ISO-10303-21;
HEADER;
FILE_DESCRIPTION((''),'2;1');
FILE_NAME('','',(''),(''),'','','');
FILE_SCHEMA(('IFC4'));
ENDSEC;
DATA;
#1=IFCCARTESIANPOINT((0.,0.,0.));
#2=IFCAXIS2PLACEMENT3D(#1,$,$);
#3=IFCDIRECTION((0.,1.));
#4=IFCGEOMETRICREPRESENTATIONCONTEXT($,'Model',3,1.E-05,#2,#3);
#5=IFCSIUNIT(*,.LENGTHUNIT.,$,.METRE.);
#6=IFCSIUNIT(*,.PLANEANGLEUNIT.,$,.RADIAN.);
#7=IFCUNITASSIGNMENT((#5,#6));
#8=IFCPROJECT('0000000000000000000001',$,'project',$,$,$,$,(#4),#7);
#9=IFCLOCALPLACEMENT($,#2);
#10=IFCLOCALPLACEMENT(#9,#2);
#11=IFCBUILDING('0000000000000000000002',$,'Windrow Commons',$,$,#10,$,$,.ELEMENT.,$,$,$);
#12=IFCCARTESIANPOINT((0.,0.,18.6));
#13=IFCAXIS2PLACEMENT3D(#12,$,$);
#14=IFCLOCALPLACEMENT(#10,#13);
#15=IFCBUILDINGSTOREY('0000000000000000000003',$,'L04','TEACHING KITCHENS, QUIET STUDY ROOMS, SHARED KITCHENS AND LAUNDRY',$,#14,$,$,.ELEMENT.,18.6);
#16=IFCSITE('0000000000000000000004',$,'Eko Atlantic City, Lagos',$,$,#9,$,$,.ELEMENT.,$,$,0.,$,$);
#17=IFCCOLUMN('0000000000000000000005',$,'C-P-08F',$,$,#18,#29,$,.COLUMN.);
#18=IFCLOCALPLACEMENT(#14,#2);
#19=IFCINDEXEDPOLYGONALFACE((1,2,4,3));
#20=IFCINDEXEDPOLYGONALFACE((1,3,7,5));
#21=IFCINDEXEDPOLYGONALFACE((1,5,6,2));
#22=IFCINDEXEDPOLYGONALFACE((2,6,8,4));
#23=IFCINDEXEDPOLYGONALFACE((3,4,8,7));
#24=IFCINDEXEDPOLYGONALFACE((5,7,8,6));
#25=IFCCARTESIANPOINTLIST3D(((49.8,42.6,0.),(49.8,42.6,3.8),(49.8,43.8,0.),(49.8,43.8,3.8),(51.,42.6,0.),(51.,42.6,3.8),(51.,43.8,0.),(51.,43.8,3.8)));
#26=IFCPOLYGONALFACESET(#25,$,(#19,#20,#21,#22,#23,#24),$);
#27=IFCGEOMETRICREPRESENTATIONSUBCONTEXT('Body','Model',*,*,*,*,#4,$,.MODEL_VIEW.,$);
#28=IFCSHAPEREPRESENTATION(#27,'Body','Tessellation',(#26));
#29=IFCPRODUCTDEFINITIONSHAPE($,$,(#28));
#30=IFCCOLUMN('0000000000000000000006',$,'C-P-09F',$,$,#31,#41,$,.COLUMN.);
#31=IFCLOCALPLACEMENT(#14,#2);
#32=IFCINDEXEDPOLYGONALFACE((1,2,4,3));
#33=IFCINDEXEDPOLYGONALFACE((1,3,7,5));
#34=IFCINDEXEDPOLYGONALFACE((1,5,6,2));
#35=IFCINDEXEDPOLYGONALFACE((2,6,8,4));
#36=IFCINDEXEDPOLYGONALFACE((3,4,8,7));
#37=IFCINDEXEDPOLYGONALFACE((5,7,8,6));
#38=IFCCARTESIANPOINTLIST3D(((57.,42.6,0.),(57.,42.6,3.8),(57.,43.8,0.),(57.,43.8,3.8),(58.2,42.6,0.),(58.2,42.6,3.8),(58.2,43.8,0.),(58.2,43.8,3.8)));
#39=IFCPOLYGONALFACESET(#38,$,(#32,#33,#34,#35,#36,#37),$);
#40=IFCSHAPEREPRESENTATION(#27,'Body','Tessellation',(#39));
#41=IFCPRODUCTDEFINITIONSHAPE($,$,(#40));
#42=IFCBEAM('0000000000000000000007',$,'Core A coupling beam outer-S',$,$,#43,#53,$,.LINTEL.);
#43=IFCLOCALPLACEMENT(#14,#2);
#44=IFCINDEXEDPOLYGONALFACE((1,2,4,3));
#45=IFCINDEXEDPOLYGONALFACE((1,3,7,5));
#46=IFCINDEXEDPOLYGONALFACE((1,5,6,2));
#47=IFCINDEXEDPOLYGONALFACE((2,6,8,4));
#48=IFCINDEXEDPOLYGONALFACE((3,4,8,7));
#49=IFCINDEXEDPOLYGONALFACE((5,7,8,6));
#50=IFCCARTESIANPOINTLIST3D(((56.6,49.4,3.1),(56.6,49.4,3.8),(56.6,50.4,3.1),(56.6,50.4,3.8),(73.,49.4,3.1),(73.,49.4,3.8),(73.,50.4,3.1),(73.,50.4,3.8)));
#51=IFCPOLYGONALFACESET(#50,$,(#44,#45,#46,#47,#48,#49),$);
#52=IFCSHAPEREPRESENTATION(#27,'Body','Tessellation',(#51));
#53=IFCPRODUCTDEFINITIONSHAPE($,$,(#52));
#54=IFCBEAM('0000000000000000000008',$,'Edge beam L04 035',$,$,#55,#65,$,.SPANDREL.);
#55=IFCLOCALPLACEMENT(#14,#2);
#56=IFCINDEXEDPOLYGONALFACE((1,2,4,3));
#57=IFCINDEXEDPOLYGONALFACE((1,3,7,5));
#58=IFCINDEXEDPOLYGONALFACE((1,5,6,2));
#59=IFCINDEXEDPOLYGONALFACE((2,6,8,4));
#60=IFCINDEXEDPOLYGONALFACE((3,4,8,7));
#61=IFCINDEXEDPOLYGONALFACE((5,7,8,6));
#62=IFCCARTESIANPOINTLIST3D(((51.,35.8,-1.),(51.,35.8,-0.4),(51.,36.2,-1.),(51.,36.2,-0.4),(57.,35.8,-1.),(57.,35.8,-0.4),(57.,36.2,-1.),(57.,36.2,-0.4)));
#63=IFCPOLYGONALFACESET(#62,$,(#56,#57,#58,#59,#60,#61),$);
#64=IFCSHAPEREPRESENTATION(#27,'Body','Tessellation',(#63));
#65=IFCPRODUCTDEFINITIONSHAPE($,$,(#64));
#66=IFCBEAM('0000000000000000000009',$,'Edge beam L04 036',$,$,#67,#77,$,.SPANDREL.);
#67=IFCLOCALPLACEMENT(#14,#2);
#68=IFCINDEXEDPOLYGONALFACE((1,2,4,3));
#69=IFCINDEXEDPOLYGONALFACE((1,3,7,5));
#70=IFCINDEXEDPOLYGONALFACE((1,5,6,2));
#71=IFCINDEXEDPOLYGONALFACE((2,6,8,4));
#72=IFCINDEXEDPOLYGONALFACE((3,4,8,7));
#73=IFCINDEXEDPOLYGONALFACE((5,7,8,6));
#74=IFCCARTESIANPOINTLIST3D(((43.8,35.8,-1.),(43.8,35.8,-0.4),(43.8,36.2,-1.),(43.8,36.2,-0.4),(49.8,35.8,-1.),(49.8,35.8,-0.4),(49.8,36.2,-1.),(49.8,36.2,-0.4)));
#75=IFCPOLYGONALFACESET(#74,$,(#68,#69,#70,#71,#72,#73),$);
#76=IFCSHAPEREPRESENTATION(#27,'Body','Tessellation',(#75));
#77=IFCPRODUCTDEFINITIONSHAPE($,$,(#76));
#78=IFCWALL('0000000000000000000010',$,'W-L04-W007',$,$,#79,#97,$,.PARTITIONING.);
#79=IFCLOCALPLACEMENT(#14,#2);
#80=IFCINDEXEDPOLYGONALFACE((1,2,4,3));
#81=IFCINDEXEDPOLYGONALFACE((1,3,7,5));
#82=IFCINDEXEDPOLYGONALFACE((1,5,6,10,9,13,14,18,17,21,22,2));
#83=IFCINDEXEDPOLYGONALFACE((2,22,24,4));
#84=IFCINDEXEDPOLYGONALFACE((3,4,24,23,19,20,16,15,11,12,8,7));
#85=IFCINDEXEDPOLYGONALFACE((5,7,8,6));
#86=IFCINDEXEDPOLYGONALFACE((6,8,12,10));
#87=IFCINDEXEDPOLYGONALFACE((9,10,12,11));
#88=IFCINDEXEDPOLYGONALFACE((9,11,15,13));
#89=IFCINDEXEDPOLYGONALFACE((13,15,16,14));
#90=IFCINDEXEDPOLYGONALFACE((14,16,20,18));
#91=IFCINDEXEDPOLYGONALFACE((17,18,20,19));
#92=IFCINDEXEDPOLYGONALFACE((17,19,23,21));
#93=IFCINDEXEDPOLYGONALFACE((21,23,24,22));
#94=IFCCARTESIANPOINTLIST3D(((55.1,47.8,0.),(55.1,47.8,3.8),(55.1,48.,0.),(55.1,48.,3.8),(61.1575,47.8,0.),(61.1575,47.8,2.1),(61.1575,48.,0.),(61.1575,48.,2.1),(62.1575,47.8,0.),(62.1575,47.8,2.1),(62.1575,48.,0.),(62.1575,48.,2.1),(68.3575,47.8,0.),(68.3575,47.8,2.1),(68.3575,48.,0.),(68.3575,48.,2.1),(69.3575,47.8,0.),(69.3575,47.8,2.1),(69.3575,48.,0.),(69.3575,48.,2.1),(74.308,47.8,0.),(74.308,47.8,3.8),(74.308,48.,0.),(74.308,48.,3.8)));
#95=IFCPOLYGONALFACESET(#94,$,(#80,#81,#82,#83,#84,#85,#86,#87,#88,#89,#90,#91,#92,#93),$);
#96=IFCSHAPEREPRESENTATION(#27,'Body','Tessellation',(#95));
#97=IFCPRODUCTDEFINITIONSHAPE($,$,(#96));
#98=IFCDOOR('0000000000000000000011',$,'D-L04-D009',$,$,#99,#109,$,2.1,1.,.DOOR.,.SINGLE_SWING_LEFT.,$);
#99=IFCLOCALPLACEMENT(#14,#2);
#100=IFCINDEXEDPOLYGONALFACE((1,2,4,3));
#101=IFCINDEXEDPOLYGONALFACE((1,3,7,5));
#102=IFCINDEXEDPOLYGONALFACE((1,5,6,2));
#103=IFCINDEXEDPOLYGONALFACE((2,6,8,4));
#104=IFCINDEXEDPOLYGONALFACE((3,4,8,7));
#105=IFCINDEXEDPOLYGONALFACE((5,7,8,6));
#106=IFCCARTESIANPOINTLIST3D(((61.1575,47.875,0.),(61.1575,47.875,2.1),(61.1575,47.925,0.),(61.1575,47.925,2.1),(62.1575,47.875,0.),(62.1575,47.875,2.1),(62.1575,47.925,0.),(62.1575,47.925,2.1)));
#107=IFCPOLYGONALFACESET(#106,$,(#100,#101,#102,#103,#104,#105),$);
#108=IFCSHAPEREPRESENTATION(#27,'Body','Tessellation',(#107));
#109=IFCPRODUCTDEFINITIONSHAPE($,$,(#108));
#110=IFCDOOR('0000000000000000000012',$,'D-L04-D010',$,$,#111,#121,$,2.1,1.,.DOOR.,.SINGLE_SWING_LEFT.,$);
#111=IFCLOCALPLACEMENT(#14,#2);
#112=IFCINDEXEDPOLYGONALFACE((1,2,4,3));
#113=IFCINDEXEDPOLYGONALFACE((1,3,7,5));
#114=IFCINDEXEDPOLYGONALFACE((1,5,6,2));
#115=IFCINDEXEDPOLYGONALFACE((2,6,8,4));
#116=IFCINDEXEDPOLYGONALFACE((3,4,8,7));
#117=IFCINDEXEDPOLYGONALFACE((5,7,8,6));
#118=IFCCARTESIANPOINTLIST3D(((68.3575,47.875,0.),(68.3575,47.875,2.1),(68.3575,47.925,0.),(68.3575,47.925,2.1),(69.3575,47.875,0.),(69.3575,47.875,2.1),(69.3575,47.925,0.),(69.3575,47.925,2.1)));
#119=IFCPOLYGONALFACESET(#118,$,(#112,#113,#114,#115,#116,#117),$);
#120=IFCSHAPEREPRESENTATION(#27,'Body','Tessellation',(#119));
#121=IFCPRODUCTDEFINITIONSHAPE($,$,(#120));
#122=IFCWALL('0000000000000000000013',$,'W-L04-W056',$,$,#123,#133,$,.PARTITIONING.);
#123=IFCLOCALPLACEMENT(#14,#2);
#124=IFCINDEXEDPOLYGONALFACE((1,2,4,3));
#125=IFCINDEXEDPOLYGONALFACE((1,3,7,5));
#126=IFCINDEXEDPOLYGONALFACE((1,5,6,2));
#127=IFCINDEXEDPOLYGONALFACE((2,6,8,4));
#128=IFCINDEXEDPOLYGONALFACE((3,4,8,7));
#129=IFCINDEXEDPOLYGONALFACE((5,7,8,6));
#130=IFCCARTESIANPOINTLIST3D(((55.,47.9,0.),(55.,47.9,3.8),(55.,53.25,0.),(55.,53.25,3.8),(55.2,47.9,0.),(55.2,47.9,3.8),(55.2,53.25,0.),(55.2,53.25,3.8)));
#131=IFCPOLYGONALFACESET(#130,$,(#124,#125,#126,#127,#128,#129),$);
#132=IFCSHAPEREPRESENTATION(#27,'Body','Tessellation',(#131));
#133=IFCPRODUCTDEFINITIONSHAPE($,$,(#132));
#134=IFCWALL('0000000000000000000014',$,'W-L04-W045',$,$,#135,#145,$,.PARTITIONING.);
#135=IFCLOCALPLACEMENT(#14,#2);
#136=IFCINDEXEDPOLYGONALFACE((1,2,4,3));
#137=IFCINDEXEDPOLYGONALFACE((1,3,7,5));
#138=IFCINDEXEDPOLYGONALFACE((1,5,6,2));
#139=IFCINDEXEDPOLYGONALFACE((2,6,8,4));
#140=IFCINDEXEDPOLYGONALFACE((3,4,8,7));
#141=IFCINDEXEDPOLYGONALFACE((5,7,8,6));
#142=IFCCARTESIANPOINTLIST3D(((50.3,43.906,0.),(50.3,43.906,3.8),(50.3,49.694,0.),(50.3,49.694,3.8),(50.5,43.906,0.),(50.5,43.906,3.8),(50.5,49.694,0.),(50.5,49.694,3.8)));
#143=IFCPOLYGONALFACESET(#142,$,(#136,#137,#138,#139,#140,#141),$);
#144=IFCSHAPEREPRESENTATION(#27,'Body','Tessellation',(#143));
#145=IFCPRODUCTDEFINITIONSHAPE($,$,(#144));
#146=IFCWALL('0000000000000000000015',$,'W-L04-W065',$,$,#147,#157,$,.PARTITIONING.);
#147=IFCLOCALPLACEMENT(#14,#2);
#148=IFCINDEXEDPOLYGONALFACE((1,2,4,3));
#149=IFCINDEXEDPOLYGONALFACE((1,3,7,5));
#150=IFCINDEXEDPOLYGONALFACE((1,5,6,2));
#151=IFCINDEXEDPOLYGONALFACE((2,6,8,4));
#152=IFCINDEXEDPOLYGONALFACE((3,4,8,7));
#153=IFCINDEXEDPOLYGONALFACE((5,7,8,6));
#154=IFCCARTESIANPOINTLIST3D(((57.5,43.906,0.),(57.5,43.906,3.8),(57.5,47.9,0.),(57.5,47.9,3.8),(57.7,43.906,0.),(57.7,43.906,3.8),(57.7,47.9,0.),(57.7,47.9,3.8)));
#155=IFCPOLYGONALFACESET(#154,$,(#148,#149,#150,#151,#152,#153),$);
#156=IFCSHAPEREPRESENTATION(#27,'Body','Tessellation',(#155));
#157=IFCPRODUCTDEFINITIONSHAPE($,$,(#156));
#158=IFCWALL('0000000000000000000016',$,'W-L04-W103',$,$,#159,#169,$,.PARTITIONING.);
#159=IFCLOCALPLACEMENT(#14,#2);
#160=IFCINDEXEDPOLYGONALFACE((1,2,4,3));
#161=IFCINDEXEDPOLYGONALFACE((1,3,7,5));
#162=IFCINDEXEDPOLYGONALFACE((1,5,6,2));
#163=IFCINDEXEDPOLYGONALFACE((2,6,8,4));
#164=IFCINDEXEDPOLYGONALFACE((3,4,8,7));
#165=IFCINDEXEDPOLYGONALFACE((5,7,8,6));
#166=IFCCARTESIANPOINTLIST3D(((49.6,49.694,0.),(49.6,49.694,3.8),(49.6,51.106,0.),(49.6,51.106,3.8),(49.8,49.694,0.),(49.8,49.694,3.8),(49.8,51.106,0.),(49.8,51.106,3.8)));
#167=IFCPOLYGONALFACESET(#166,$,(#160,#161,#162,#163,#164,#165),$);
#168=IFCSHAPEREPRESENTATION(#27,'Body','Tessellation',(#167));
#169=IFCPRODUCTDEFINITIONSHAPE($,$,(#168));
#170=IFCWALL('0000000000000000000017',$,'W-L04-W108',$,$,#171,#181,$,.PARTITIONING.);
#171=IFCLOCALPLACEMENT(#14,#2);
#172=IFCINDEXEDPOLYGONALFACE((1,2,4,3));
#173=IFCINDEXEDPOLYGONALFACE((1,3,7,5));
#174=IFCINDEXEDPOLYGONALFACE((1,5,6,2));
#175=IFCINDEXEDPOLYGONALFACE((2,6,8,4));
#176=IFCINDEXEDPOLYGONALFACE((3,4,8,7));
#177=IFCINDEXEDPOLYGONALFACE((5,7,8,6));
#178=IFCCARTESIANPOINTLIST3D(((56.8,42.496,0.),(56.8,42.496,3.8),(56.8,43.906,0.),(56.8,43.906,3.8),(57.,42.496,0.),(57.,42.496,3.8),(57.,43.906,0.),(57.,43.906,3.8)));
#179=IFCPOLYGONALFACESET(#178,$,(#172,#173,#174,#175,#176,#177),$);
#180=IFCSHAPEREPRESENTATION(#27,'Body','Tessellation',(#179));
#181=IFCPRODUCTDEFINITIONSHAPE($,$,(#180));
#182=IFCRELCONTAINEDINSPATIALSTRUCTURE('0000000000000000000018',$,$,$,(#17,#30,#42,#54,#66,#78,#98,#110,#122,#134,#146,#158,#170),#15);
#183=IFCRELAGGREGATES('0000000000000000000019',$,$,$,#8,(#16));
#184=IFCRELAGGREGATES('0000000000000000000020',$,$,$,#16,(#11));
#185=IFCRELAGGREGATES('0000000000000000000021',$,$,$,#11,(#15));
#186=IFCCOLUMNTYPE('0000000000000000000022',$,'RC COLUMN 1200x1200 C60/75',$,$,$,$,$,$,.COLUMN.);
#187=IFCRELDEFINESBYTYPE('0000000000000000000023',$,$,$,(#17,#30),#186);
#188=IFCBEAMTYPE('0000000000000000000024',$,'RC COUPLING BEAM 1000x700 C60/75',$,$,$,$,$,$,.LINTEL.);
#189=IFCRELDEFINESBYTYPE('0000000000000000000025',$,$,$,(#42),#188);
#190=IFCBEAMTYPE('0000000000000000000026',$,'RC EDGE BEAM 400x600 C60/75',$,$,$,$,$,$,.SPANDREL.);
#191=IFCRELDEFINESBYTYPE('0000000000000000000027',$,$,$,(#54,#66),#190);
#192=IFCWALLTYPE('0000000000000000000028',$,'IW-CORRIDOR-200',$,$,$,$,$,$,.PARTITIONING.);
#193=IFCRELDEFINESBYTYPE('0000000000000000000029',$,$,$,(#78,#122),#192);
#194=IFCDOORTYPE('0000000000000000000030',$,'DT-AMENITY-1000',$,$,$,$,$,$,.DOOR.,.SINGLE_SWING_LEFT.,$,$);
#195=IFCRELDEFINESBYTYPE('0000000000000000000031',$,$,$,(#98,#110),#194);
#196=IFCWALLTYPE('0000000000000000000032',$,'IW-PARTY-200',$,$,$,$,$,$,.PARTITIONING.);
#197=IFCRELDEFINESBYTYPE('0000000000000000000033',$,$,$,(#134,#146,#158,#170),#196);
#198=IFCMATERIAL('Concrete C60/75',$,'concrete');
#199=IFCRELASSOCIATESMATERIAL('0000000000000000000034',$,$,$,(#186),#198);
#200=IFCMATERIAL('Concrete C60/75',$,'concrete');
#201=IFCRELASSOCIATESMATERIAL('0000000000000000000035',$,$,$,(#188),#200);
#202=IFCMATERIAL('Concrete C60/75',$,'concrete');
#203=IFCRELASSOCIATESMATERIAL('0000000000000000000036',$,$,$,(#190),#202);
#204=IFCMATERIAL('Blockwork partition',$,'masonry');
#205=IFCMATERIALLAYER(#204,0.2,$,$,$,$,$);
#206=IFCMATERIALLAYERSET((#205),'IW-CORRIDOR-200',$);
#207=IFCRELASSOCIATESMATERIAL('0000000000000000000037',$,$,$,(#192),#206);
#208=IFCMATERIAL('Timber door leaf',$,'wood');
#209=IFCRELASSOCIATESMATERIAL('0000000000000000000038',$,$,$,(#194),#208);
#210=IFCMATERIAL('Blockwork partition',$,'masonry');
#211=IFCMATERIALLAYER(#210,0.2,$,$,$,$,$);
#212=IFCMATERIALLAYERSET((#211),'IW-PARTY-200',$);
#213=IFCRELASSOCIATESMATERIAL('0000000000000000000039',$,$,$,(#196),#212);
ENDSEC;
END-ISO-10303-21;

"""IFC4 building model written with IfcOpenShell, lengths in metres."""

from ifc_helpers import new_model, si_unit, direction, frame, frame_2d, origin, origin_2d, place, context, subcontext, project, spatial, rectangle, extrude, material, layer, layer_set, material_profile, profile_set, type_object, element, fill, save


model = new_model("IFC4")

# Units and contexts
model_context = context("Model", 3, precision=1e-05, world=origin(), true_north=direction((0.0, 1.0)))
body_context = subcontext(model_context, "Body", "Model", "MODEL_VIEW")
ifc_project = project(units=[si_unit("LENGTHUNIT", "METRE"), si_unit("PLANEANGLEUNIT", "RADIAN")], contexts=[model_context])

# Site, building, storey
site_placement = place(None, origin())
site = spatial("IfcSite", under=ifc_project, at=site_placement, Name="Eko Atlantic City, Lagos", CompositionType="ELEMENT", RefElevation=0.0)
building_placement = place(site_placement, origin())
building = spatial("IfcBuilding", under=site, at=building_placement, Name="Windrow Commons", CompositionType="ELEMENT")
storey_placement = place(building_placement, frame((0.0, 0.0, 18.6)))
storey = spatial("IfcBuildingStorey", under=building, at=storey_placement, Name="L04", Description="TEACHING KITCHENS, QUIET STUDY ROOMS, SHARED KITCHENS AND LAUNDRY", CompositionType="ELEMENT", Elevation=18.6)

# Columns
ifc_material_1 = material(Name="Concrete C60/75", Category="concrete")
ifc_material_profile_1 = material_profile(ifc_material_1, rectangle(XDim=1.2, YDim=1.2, at=origin_2d()))
ifc_profile_set_1 = profile_set([ifc_material_profile_1], Name="Concrete C60/75")
column_type = type_object("IfcColumnType", Name="RC COLUMN 1200x1200 C60/75", PredefinedType="COLUMN", material=ifc_profile_set_1)
for number, where, z_axis, x_axis, name in (
    (1, (50.4, 43.2, 0.0), (0.0, 0.0, 1.0), (1.0, 0.0, 0.0), "C-P-08F"),
    (2, (57.6, 43.2, 0.0), (0.0, 0.0, 1.0), (1.0, 0.0, 0.0), "C-P-09F"),
):
    element("IfcColumn", number, at=place(storey_placement, frame(where, z_axis=z_axis, x_axis=x_axis)), inside=storey, type_object=column_type, Name=name, PredefinedType="COLUMN", context=body_context, shape_type="SweptSolid", body=[
        extrude(rectangle(XDim=1.2, YDim=1.2, at=origin_2d()), origin(), (0.0, 0.0, 1.0), 3.8),
    ])

# Beams
ifc_material_2 = material(Name="Concrete C60/75", Category="concrete")
ifc_material_profile_2 = material_profile(ifc_material_2, rectangle(XDim=1.0, YDim=0.7, at=origin_2d()))
ifc_profile_set_2 = profile_set([ifc_material_profile_2], Name="Concrete C60/75")
beam_type_1 = type_object("IfcBeamType", Name="RC COUPLING BEAM 1000x700 C60/75", PredefinedType="LINTEL", material=ifc_profile_set_2)
beam_placement = place(storey_placement, frame((56.6, 49.9, 3.45), z_axis=(1.0, 0.0, 0.0), x_axis=(0.0, 1.0, 0.0)))
element("IfcBeam", 3, at=beam_placement, inside=storey, type_object=beam_type_1, Name="Core A coupling beam outer-S", PredefinedType="LINTEL", context=body_context, shape_type="SweptSolid", body=[
    extrude(rectangle(XDim=1.0, YDim=0.7, at=origin_2d()), origin(), (0.0, 0.0, 1.0), 16.4),
])
ifc_material_3 = material(Name="Concrete C60/75", Category="concrete")
ifc_material_profile_3 = material_profile(ifc_material_3, rectangle(XDim=0.4, YDim=0.6, at=origin_2d()))
ifc_profile_set_3 = profile_set([ifc_material_profile_3], Name="Concrete C60/75")
beam_type_2 = type_object("IfcBeamType", Name="RC EDGE BEAM 400x600 C60/75", PredefinedType="SPANDREL", material=ifc_profile_set_3)
for number, where, z_axis, x_axis, name in (
    (4, (57.0, 36.0, -0.7), (-1.0, 0.0, 0.0), (0.0, -1.0, 0.0), "Edge beam L04 035"),
    (5, (49.8, 36.0, -0.7), (-1.0, 0.0, 0.0), (0.0, -1.0, 0.0), "Edge beam L04 036"),
):
    element("IfcBeam", number, at=place(storey_placement, frame(where, z_axis=z_axis, x_axis=x_axis)), inside=storey, type_object=beam_type_2, Name=name, PredefinedType="SPANDREL", context=body_context, shape_type="SweptSolid", body=[
        extrude(rectangle(XDim=0.4, YDim=0.6, at=origin_2d()), origin(), (0.0, 0.0, 1.0), 6.0),
    ])

# Wall, openings, doors
ifc_material_4 = material(Name="Blockwork partition", Category="masonry")
ifc_layer_1 = layer(ifc_material_4, 0.2)
ifc_layer_set_1 = layer_set([ifc_layer_1], Name="IW-CORRIDOR-200")
wall_type_1 = type_object("IfcWallType", Name="IW-CORRIDOR-200", PredefinedType="PARTITIONING", material=ifc_layer_set_1)
wall_1_placement = place(storey_placement, frame((55.1, 47.9, 0.0), z_axis=(0.0, 0.0, 1.0), x_axis=(1.0, 0.0, 0.0)))
wall_1 = element("IfcWall", 6, at=wall_1_placement, inside=storey, type_object=wall_type_1, Name="W-L04-W007", PredefinedType="PARTITIONING", context=body_context, shape_type="SweptSolid", body=[
    extrude(rectangle(XDim=19.208, YDim=0.2, at=frame_2d((9.604, 0.0))), origin(), (0.0, 0.0, 1.0), 3.8),
])
opening_1_placement = place(wall_1_placement, frame((6.0575, 0.0, 0.0)))
opening_1 = element("IfcOpeningElement", 7, at=opening_1_placement, cuts=wall_1, PredefinedType="OPENING", context=body_context, shape_type="SweptSolid", body=[
    extrude(rectangle(XDim=1.0, YDim=2.1, at=frame_2d((0.5, 1.05))), frame((0.0, 0.11, 0.0), z_axis=(0.0, -1.0, 0.0), x_axis=(1.0, 0.0, 0.0)), (0.0, 0.0, 1.0), 0.22),
])
opening_2_placement = place(wall_1_placement, frame((13.2575, 0.0, 0.0)))
opening_2 = element("IfcOpeningElement", 8, at=opening_2_placement, cuts=wall_1, PredefinedType="OPENING", context=body_context, shape_type="SweptSolid", body=[
    extrude(rectangle(XDim=1.0, YDim=2.1, at=frame_2d((0.5, 1.05))), frame((0.0, 0.11, 0.0), z_axis=(0.0, -1.0, 0.0), x_axis=(1.0, 0.0, 0.0)), (0.0, 0.0, 1.0), 0.22),
])
ifc_material_5 = material(Name="Timber door leaf", Category="wood")
door_type = type_object("IfcDoorType", Name="DT-AMENITY-1000", OperationType="SINGLE_SWING_LEFT", PredefinedType="DOOR", material=ifc_material_5)
door_1_placement = place(opening_1_placement, origin())
door_1 = element("IfcDoor", 9, at=door_1_placement, inside=storey, type_object=door_type, Name="D-L04-D009", OperationType="SINGLE_SWING_LEFT", OverallHeight=2.1, OverallWidth=1.0, PredefinedType="DOOR", context=body_context, shape_type="SweptSolid", body=[
    extrude(rectangle(XDim=1.0, YDim=2.1, at=frame_2d((0.5, 1.05))), frame((0.0, 0.025, 0.0), z_axis=(0.0, -1.0, 0.0), x_axis=(1.0, 0.0, 0.0)), (0.0, 0.0, 1.0), 0.05),
])
fill(opening_1, door_1)
door_2_placement = place(opening_2_placement, origin())
door_2 = element("IfcDoor", 10, at=door_2_placement, inside=storey, type_object=door_type, Name="D-L04-D010", OperationType="SINGLE_SWING_LEFT", OverallHeight=2.1, OverallWidth=1.0, PredefinedType="DOOR", context=body_context, shape_type="SweptSolid", body=[
    extrude(rectangle(XDim=1.0, YDim=2.1, at=frame_2d((0.5, 1.05))), frame((0.0, 0.025, 0.0), z_axis=(0.0, -1.0, 0.0), x_axis=(1.0, 0.0, 0.0)), (0.0, 0.0, 1.0), 0.05),
])
fill(opening_2, door_2)

# Walls
wall_2_placement = place(storey_placement, frame((55.1, 47.9, 0.0), z_axis=(0.0, 0.0, 1.0), x_axis=(0.0, 1.0, 0.0)))
element("IfcWall", 11, at=wall_2_placement, inside=storey, type_object=wall_type_1, Name="W-L04-W056", PredefinedType="PARTITIONING", context=body_context, shape_type="SweptSolid", body=[
    extrude(rectangle(XDim=5.35, YDim=0.2, at=frame_2d((2.675, 0.0))), origin(), (0.0, 0.0, 1.0), 3.8),
])
ifc_material_6 = material(Name="Blockwork partition", Category="masonry")
ifc_layer_2 = layer(ifc_material_6, 0.2)
ifc_layer_set_2 = layer_set([ifc_layer_2], Name="IW-PARTY-200")
wall_type_2 = type_object("IfcWallType", Name="IW-PARTY-200", PredefinedType="PARTITIONING", material=ifc_layer_set_2)
wall_3_placement = place(storey_placement, frame((50.4, 43.906, 0.0), z_axis=(0.0, 0.0, 1.0), x_axis=(0.0, 1.0, 0.0)))
element("IfcWall", 12, at=wall_3_placement, inside=storey, type_object=wall_type_2, Name="W-L04-W045", PredefinedType="PARTITIONING", context=body_context, shape_type="SweptSolid", body=[
    extrude(rectangle(XDim=5.788, YDim=0.2, at=frame_2d((2.894, 0.0))), origin(), (0.0, 0.0, 1.0), 3.8),
])
wall_4_placement = place(storey_placement, frame((57.6, 43.906, 0.0), z_axis=(0.0, 0.0, 1.0), x_axis=(0.0, 1.0, 0.0)))
element("IfcWall", 13, at=wall_4_placement, inside=storey, type_object=wall_type_2, Name="W-L04-W065", PredefinedType="PARTITIONING", context=body_context, shape_type="SweptSolid", body=[
    extrude(rectangle(XDim=3.994, YDim=0.2, at=frame_2d((1.997, 0.0))), origin(), (0.0, 0.0, 1.0), 3.8),
])
wall_5_placement = place(storey_placement, frame((49.7, 49.694, 0.0), z_axis=(0.0, 0.0, 1.0), x_axis=(0.0, 1.0, 0.0)))
element("IfcWall", 14, at=wall_5_placement, inside=storey, type_object=wall_type_2, Name="W-L04-W103", PredefinedType="PARTITIONING", context=body_context, shape_type="SweptSolid", body=[
    extrude(rectangle(XDim=1.412, YDim=0.2, at=frame_2d((0.706, 0.0))), origin(), (0.0, 0.0, 1.0), 3.8),
])
for number, where, z_axis, x_axis, name in (
    (15, (56.9, 42.496, 0.0), (0.0, 0.0, 1.0), (0.0, 1.0, 0.0), "W-L04-W108"),
):
    element("IfcWall", number, at=place(storey_placement, frame(where, z_axis=z_axis, x_axis=x_axis)), inside=storey, type_object=wall_type_2, Name=name, PredefinedType="PARTITIONING", context=body_context, shape_type="SweptSolid", body=[
        extrude(rectangle(XDim=1.41, YDim=0.2, at=frame_2d((0.705, 0.0))), origin(), (0.0, 0.0, 1.0), 3.8),
    ])

save(model, "model.ifc")
